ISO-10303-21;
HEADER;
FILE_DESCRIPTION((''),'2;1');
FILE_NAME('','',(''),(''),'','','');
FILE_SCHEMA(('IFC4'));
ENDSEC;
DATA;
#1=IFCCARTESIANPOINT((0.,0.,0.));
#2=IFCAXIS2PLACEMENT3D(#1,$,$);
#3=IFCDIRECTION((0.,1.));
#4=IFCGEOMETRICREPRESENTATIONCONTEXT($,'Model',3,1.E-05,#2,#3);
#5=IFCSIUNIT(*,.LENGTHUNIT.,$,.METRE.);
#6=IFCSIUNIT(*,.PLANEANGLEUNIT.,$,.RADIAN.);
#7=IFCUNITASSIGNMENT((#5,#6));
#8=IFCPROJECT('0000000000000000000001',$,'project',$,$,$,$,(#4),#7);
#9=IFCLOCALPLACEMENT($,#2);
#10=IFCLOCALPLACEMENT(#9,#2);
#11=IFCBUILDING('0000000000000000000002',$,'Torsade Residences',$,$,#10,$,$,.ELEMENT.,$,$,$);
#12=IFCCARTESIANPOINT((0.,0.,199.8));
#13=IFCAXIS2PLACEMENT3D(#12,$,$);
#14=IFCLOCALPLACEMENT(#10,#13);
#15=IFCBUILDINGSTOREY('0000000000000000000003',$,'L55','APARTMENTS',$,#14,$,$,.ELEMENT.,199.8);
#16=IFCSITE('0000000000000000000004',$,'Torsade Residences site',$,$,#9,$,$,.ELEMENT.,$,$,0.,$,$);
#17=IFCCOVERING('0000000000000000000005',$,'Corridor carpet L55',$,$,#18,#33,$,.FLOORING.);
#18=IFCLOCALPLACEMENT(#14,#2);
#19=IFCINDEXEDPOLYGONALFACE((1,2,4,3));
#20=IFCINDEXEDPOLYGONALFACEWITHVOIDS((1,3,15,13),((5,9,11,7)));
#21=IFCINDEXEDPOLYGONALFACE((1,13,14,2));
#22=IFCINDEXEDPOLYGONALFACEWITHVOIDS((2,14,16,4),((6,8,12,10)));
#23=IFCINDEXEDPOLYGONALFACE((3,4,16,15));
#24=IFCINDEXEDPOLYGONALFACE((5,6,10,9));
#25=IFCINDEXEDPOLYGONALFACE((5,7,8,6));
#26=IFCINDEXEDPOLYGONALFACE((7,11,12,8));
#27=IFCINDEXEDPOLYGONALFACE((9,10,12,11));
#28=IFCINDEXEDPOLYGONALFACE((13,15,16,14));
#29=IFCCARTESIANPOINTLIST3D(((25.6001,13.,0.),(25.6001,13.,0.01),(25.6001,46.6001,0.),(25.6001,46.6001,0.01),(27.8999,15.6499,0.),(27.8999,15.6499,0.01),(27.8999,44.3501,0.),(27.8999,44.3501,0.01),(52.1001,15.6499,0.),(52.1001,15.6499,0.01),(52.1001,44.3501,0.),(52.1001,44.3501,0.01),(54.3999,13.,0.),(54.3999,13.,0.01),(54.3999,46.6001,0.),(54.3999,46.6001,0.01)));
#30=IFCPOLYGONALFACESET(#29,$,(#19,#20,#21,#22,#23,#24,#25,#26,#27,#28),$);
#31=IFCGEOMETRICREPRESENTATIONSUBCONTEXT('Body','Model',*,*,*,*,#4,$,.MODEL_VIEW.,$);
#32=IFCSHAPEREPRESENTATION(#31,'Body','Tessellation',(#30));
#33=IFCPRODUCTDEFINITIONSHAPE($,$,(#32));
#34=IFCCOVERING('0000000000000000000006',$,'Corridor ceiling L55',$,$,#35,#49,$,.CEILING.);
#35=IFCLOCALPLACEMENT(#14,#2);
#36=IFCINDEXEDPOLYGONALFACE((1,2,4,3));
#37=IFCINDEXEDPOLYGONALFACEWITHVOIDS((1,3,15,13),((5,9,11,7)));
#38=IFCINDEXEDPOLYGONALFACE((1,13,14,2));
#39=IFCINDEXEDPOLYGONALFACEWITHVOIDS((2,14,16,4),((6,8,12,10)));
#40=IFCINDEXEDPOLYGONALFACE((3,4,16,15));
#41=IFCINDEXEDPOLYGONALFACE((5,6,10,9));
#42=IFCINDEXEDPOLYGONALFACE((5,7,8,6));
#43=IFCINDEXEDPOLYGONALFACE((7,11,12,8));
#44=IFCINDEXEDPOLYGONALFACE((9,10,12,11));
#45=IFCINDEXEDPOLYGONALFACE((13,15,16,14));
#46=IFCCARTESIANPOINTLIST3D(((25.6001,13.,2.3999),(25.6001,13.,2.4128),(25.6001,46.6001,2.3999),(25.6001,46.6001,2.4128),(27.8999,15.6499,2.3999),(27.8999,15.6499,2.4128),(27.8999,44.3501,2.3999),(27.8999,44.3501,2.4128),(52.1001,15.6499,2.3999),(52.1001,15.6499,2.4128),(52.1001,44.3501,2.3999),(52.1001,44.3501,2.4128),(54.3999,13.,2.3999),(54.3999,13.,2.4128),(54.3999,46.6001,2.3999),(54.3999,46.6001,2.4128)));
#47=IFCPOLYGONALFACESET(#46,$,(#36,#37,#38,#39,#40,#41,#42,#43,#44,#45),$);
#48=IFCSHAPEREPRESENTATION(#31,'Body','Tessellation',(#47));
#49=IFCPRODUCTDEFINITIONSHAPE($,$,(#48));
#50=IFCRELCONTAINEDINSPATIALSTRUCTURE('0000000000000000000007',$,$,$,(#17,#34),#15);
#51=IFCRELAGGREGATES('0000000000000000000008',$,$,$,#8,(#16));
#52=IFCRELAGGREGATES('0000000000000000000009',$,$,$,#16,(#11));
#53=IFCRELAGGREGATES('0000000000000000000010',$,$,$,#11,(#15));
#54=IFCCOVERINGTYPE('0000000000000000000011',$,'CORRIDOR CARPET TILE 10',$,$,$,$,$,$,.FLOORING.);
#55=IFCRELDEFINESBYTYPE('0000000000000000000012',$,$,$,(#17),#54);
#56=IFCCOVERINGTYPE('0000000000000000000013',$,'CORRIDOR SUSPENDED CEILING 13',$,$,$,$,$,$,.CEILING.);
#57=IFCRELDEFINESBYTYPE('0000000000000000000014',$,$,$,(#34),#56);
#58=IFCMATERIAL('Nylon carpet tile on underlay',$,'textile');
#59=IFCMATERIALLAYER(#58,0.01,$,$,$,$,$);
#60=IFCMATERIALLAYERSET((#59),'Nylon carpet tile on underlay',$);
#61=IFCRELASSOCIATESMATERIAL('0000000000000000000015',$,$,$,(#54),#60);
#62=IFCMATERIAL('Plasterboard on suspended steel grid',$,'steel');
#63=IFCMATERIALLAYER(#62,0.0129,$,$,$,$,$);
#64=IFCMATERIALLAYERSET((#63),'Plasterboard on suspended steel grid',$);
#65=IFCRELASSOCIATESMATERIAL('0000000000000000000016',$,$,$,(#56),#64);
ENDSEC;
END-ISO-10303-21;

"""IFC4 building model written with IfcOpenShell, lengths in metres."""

from ifc_helpers import new_model, si_unit, direction, frame, origin, place, context, subcontext, project, spatial, polyline, outline, extrude, material, layer, layer_set, type_object, element, save


model = new_model("IFC4")

# Units and contexts
model_context = context("Model", 3, precision=1e-05, world=origin(), true_north=direction((0.0, 1.0)))
body_context = subcontext(model_context, "Body", "Model", "MODEL_VIEW")
ifc_project = project(units=[si_unit("LENGTHUNIT", "METRE"), si_unit("PLANEANGLEUNIT", "RADIAN")], contexts=[model_context])

# Site, building, storey
site_placement = place(None, origin())
site = spatial("IfcSite", under=ifc_project, at=site_placement, Name="Torsade Residences site", CompositionType="ELEMENT", RefElevation=0.0)
building_placement = place(site_placement, origin())
building = spatial("IfcBuilding", under=site, at=building_placement, Name="Torsade Residences", CompositionType="ELEMENT")
storey_placement = place(building_placement, frame((0.0, 0.0, 199.8)))
storey = spatial("IfcBuildingStorey", under=building, at=storey_placement, Name="L55", Description="APARTMENTS", CompositionType="ELEMENT", Elevation=199.8)

# Coverings
ifc_material_1 = material(Name="Nylon carpet tile on underlay", Category="textile")
ifc_layer_1 = layer(ifc_material_1, 0.01)
ifc_layer_set_1 = layer_set([ifc_layer_1], Name="Nylon carpet tile on underlay")
covering_type_1 = type_object("IfcCoveringType", Name="CORRIDOR CARPET TILE 10", PredefinedType="FLOORING", material=ifc_layer_set_1)
covering_1_placement = place(storey_placement, origin())
element("IfcCovering", 1, at=covering_1_placement, inside=storey, type_object=covering_type_1, Name="Corridor carpet L55", PredefinedType="FLOORING", context=body_context, shape_type="SweptSolid", body=[
    extrude(outline(polyline([(25.6001, 46.6001), (25.6001, 13.0), (54.3999, 13.0), (54.3999, 46.6001), (25.6001, 46.6001)]), holes=[polyline([(52.1001, 44.3501), (27.8999, 44.3501), (27.8999, 15.6499), (52.1001, 15.6499), (52.1001, 44.3501)])]), origin(), (0.0, 0.0, 1.0), 0.01),
])
ifc_material_2 = material(Name="Plasterboard on suspended steel grid", Category="steel")
ifc_layer_2 = layer(ifc_material_2, 0.0129)
ifc_layer_set_2 = layer_set([ifc_layer_2], Name="Plasterboard on suspended steel grid")
covering_type_2 = type_object("IfcCoveringType", Name="CORRIDOR SUSPENDED CEILING 13", PredefinedType="CEILING", material=ifc_layer_set_2)
covering_2_placement = place(storey_placement, frame((0.0, 0.0, 2.3999)))
element("IfcCovering", 2, at=covering_2_placement, inside=storey, type_object=covering_type_2, Name="Corridor ceiling L55", PredefinedType="CEILING", context=body_context, shape_type="SweptSolid", body=[
    extrude(outline(polyline([(25.6001, 46.6001), (25.6001, 13.0), (54.3999, 13.0), (54.3999, 46.6001), (25.6001, 46.6001)]), holes=[polyline([(52.1001, 44.3501), (27.8999, 44.3501), (27.8999, 15.6499), (52.1001, 15.6499), (52.1001, 44.3501)])]), origin(), (0.0, 0.0, 1.0), 0.0129),
])

save(model, "model.ifc")
